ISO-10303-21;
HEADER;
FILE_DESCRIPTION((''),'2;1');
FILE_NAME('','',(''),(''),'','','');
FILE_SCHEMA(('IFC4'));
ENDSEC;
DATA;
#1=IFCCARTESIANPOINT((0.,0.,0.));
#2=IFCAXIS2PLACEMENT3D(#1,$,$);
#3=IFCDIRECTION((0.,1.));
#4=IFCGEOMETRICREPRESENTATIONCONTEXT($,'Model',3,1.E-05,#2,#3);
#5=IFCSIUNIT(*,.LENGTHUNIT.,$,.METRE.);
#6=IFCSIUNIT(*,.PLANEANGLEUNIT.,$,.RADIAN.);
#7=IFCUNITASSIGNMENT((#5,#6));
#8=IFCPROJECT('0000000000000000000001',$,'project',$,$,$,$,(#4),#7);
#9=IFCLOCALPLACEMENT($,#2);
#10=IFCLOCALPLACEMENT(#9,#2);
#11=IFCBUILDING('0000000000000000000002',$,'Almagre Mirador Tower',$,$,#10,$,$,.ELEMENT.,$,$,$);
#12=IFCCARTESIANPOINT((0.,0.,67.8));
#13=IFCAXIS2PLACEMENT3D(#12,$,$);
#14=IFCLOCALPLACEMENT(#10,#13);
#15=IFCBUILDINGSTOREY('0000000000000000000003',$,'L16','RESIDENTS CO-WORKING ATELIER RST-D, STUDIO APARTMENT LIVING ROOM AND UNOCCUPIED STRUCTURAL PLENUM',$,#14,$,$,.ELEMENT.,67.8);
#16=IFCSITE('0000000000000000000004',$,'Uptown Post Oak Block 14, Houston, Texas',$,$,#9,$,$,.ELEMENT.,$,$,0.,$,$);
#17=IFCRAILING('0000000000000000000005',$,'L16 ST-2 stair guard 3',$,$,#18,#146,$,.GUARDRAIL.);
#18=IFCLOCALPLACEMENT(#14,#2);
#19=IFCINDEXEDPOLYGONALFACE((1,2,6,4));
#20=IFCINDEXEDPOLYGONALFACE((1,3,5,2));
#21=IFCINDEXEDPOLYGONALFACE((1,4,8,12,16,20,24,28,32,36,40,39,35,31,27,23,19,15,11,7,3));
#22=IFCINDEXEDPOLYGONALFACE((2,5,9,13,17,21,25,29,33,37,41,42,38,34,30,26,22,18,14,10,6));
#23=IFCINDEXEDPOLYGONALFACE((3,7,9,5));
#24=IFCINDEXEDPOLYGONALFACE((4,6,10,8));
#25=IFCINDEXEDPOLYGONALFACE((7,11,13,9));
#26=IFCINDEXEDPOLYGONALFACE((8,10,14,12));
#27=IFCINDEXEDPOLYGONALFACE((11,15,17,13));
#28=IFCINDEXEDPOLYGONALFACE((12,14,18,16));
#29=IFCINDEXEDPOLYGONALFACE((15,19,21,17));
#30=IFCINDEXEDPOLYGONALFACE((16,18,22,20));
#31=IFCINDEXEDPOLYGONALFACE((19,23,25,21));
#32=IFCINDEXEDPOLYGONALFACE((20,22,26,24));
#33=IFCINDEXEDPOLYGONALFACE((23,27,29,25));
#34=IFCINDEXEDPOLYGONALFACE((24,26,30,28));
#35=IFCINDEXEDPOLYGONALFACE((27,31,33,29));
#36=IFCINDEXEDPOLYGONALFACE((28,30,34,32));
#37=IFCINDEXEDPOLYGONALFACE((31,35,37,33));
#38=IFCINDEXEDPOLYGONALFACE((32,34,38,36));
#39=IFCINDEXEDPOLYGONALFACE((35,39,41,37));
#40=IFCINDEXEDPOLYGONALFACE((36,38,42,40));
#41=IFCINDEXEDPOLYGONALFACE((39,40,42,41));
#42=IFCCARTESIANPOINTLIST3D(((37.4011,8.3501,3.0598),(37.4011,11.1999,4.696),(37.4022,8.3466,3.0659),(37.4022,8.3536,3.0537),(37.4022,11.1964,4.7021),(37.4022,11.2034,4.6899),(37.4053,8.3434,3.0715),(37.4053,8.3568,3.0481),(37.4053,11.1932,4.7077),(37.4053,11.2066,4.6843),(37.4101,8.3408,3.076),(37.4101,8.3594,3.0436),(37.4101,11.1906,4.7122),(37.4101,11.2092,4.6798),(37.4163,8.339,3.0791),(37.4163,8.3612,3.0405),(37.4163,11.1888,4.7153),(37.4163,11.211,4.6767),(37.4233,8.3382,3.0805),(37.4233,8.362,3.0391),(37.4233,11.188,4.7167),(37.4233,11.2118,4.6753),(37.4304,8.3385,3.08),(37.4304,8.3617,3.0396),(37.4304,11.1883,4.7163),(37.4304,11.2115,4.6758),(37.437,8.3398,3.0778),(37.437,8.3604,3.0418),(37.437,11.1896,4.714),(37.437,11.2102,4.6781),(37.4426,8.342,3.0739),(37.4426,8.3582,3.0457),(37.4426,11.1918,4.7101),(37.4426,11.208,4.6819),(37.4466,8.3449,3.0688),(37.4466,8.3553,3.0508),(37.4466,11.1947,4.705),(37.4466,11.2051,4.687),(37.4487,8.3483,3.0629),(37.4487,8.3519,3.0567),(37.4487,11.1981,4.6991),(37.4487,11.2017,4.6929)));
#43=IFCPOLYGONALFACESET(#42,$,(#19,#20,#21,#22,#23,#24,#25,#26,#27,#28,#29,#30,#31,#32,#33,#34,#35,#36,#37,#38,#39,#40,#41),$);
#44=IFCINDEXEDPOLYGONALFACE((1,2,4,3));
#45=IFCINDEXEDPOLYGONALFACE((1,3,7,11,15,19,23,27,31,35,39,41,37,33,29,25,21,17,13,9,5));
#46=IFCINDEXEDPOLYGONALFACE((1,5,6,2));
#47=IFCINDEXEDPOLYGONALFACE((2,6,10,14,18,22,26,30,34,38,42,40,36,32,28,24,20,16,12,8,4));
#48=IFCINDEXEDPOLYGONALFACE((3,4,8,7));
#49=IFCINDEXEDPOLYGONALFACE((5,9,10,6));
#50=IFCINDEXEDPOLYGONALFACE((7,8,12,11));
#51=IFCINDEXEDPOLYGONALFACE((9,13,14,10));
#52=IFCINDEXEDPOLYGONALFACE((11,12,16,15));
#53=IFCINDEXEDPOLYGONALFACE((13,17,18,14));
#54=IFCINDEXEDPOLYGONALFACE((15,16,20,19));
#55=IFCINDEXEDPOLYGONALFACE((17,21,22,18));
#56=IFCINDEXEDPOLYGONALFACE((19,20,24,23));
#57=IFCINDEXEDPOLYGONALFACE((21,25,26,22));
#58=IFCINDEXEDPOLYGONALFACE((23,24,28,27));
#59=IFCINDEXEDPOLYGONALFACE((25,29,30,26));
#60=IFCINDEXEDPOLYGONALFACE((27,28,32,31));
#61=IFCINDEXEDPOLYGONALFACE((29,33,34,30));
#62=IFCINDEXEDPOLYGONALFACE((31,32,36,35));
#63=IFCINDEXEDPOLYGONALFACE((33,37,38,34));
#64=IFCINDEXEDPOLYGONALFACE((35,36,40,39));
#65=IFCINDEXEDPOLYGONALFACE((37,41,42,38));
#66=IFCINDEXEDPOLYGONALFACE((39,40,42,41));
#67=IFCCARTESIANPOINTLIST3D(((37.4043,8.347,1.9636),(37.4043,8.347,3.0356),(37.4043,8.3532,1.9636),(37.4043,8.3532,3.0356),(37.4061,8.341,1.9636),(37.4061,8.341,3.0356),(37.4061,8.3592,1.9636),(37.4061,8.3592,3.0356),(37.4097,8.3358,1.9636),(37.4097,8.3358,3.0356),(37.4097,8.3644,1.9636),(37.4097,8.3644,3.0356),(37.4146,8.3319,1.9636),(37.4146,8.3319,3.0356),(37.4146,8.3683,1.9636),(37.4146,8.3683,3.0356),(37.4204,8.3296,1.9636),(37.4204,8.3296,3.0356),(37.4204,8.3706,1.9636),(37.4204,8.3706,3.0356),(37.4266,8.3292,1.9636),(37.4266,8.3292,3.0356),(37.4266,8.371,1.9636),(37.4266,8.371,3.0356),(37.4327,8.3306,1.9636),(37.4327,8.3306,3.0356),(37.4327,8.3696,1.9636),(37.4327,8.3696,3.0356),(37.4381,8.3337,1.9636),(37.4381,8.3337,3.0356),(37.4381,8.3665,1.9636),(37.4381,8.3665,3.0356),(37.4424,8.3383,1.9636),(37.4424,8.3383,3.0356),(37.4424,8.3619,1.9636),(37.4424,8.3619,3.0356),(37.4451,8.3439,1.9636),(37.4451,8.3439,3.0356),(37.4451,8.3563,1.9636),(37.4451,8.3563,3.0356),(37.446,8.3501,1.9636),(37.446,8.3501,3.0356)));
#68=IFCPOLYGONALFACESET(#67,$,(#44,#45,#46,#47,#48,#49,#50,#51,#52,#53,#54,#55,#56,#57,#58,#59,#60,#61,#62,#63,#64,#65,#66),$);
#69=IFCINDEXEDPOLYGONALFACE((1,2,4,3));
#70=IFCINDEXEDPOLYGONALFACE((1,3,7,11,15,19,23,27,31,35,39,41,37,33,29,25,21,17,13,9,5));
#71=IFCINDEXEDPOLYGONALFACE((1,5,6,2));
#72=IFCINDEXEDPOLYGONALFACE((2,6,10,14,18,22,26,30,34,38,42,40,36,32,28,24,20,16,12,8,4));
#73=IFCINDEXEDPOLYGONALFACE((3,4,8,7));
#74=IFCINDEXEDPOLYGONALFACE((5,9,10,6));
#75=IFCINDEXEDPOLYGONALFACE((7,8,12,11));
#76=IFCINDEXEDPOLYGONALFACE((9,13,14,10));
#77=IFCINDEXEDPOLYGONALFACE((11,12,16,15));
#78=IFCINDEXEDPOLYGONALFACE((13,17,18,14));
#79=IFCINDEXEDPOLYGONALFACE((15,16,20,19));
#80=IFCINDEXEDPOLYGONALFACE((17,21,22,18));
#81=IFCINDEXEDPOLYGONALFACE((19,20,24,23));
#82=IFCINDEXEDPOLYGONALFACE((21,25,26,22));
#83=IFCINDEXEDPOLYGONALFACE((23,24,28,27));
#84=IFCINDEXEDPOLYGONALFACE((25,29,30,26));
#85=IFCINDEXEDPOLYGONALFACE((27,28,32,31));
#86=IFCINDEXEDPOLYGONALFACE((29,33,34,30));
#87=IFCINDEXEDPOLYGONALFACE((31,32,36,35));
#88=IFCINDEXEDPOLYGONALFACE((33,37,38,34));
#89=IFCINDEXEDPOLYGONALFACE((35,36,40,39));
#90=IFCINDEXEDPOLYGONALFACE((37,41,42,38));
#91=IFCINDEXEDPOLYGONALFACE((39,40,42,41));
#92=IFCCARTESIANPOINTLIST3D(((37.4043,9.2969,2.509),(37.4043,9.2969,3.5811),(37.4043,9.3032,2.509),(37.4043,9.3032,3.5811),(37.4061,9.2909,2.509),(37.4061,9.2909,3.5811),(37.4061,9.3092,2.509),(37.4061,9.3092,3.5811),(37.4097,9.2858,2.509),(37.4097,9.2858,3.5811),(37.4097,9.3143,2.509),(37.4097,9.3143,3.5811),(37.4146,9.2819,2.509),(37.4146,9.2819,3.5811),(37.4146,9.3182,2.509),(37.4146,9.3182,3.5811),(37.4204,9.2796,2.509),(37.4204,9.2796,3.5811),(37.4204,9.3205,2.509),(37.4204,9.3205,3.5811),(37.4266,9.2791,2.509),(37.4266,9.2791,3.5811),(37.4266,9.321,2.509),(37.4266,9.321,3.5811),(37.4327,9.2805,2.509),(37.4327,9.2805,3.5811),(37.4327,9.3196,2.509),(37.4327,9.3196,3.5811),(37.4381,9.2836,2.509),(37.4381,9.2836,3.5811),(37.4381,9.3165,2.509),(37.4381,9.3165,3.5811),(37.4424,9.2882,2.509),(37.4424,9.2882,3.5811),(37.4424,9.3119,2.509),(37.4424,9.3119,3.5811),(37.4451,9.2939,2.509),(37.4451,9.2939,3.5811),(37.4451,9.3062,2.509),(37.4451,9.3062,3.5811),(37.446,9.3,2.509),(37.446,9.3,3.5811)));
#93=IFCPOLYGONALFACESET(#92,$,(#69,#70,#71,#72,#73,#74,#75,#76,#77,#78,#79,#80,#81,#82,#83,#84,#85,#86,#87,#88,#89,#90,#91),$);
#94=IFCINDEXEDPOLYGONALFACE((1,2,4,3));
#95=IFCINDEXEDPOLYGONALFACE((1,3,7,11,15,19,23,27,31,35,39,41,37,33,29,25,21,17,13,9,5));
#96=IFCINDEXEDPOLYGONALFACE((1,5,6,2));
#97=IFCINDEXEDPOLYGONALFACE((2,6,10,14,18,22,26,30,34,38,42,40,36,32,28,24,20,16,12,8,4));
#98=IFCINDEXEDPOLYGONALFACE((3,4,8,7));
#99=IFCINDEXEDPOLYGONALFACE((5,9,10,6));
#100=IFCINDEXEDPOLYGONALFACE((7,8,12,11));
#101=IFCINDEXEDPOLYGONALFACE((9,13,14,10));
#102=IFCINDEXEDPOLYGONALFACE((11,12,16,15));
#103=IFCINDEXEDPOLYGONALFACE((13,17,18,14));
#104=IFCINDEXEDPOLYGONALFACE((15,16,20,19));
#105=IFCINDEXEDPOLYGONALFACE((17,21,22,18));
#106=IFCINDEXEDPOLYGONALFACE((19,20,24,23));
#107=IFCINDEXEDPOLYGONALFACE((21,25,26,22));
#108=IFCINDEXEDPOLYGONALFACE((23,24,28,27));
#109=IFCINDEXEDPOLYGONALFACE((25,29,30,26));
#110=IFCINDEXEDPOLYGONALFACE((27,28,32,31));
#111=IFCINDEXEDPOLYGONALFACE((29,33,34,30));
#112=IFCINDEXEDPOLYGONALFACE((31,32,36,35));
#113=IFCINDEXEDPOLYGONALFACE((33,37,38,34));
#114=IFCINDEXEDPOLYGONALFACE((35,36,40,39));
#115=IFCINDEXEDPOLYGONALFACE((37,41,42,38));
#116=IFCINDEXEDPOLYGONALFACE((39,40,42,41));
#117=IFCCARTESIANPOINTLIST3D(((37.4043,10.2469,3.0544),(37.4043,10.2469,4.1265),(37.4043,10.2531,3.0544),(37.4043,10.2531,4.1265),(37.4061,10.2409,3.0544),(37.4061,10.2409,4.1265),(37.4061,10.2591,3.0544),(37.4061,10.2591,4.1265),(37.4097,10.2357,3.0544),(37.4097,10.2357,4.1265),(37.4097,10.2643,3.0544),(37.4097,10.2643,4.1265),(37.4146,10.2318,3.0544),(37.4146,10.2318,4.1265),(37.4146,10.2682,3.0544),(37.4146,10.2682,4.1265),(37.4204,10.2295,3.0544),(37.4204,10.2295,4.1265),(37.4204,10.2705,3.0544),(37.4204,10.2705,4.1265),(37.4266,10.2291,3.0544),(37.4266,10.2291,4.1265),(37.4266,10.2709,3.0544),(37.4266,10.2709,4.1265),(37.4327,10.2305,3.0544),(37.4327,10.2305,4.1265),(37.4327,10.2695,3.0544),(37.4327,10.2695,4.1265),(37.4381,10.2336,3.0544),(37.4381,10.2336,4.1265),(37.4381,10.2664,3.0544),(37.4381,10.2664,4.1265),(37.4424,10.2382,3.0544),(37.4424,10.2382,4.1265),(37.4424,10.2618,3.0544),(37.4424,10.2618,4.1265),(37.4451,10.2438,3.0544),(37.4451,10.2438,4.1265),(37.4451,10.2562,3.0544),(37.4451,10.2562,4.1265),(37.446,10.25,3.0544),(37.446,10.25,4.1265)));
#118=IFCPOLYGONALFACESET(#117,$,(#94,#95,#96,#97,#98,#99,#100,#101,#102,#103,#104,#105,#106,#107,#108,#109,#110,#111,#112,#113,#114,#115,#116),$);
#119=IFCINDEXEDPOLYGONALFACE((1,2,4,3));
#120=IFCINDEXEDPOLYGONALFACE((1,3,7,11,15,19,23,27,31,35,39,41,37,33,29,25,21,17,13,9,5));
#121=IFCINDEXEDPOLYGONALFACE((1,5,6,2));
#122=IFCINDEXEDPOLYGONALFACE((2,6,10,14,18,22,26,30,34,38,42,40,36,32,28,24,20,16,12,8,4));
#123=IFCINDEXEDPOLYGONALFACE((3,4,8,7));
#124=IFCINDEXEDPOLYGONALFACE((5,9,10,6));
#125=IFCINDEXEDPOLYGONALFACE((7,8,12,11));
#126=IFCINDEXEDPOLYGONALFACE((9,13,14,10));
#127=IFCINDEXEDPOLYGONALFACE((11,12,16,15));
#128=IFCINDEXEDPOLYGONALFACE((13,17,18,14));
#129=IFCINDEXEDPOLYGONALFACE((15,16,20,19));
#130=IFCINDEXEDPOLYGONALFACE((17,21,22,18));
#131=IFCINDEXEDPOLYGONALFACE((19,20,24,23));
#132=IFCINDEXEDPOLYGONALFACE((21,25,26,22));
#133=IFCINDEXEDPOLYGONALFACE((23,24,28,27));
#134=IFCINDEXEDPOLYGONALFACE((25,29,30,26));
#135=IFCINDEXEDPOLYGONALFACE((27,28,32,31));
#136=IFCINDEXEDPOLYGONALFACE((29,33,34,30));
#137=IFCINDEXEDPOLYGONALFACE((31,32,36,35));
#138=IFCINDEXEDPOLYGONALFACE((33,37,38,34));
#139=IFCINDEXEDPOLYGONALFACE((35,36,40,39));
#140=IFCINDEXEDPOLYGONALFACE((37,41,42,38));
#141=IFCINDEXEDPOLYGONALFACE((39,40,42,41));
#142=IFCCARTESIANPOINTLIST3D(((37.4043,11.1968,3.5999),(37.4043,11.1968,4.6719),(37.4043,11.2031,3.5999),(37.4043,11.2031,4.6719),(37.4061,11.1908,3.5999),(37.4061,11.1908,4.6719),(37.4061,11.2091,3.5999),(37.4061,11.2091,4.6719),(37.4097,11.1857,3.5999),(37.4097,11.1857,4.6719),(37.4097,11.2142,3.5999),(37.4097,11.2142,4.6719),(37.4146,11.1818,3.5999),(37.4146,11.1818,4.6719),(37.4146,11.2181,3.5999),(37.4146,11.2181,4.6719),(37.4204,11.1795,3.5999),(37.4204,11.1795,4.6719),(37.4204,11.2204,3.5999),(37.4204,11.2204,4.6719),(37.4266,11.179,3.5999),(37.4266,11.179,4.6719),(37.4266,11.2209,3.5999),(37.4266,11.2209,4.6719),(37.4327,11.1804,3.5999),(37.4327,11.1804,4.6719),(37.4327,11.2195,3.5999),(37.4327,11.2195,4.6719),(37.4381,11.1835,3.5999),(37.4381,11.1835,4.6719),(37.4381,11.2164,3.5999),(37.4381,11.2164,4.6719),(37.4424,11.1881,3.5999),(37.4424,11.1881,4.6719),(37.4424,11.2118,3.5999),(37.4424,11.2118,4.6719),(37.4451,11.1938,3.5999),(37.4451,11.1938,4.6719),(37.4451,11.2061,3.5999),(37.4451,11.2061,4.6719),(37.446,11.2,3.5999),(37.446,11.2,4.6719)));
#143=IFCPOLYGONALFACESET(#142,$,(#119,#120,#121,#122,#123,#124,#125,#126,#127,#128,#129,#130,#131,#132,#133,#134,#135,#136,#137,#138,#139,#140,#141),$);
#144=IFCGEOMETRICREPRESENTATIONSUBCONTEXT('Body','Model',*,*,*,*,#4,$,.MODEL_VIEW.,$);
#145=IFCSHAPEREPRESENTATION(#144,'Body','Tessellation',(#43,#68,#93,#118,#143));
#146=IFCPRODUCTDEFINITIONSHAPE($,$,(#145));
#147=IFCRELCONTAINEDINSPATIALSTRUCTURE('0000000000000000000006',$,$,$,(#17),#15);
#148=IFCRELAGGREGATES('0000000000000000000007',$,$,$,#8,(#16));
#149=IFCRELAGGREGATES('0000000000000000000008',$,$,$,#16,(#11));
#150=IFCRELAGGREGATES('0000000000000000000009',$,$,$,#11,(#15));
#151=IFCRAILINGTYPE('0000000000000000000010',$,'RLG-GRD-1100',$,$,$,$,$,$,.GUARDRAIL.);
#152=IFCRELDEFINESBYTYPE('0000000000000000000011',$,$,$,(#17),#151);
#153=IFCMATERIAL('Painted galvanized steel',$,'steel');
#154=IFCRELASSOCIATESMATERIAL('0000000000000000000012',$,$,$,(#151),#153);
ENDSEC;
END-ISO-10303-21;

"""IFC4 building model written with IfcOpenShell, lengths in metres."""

from ifc_helpers import new_model, si_unit, direction, frame, origin, origin_2d, place, context, subcontext, project, spatial, circle, extrude, material, type_object, element, save


model = new_model("IFC4")

# Units and contexts
model_context = context("Model", 3, precision=1e-05, world=origin(), true_north=direction((0.0, 1.0)))
body_context = subcontext(model_context, "Body", "Model", "MODEL_VIEW")
ifc_project = project(units=[si_unit("LENGTHUNIT", "METRE"), si_unit("PLANEANGLEUNIT", "RADIAN")], contexts=[model_context])

# Site, building, storey
site_placement = place(None, origin())
site = spatial("IfcSite", under=ifc_project, at=site_placement, Name="Uptown Post Oak Block 14, Houston, Texas", CompositionType="ELEMENT", RefElevation=0.0)
building_placement = place(site_placement, origin())
building = spatial("IfcBuilding", under=site, at=building_placement, Name="Almagre Mirador Tower", CompositionType="ELEMENT")
storey_placement = place(building_placement, frame((0.0, 0.0, 67.8)))
storey = spatial("IfcBuildingStorey", under=building, at=storey_placement, Name="L16", Description="RESIDENTS CO-WORKING ATELIER RST-D, STUDIO APARTMENT LIVING ROOM AND UNOCCUPIED STRUCTURAL PLENUM", CompositionType="ELEMENT", Elevation=67.8)

# Railing
ifc_material_1 = material(Name="Painted galvanized steel", Category="steel")
railing_type_1 = type_object("IfcRailingType", Name="RLG-GRD-1100", PredefinedType="GUARDRAIL", material=ifc_material_1)
railing_1_placement = place(storey_placement, frame((37.425, 8.3501, 1.9636)))
element("IfcRailing", 1, at=railing_1_placement, inside=storey, type_object=railing_type_1, Name="L16 ST-2 stair guard 3", PredefinedType="GUARDRAIL", context=body_context, shape_type="SweptSolid", body=[
    extrude(circle(Radius=0.0239, at=origin_2d()), frame((0.0, 0.0, 1.0962), z_axis=(0.0, 0.867226, 0.497914), x_axis=(-1.0, 0.0, 0.0)), (0.0, 0.0, 1.0), 3.2861),
    extrude(circle(Radius=0.021, at=origin_2d()), origin(), (0.0, 0.0, 1.0), 1.072),
    extrude(circle(Radius=0.021, at=origin_2d()), frame((0.0, 0.95, 0.5454)), (0.0, 0.0, 1.0), 1.072),
    extrude(circle(Radius=0.021, at=origin_2d()), frame((0.0, 1.8999, 1.0908)), (0.0, 0.0, 1.0), 1.072),
    extrude(circle(Radius=0.021, at=origin_2d()), frame((0.0, 2.8499, 1.6362)), (0.0, 0.0, 1.0), 1.072),
])

save(model, "model.ifc")
